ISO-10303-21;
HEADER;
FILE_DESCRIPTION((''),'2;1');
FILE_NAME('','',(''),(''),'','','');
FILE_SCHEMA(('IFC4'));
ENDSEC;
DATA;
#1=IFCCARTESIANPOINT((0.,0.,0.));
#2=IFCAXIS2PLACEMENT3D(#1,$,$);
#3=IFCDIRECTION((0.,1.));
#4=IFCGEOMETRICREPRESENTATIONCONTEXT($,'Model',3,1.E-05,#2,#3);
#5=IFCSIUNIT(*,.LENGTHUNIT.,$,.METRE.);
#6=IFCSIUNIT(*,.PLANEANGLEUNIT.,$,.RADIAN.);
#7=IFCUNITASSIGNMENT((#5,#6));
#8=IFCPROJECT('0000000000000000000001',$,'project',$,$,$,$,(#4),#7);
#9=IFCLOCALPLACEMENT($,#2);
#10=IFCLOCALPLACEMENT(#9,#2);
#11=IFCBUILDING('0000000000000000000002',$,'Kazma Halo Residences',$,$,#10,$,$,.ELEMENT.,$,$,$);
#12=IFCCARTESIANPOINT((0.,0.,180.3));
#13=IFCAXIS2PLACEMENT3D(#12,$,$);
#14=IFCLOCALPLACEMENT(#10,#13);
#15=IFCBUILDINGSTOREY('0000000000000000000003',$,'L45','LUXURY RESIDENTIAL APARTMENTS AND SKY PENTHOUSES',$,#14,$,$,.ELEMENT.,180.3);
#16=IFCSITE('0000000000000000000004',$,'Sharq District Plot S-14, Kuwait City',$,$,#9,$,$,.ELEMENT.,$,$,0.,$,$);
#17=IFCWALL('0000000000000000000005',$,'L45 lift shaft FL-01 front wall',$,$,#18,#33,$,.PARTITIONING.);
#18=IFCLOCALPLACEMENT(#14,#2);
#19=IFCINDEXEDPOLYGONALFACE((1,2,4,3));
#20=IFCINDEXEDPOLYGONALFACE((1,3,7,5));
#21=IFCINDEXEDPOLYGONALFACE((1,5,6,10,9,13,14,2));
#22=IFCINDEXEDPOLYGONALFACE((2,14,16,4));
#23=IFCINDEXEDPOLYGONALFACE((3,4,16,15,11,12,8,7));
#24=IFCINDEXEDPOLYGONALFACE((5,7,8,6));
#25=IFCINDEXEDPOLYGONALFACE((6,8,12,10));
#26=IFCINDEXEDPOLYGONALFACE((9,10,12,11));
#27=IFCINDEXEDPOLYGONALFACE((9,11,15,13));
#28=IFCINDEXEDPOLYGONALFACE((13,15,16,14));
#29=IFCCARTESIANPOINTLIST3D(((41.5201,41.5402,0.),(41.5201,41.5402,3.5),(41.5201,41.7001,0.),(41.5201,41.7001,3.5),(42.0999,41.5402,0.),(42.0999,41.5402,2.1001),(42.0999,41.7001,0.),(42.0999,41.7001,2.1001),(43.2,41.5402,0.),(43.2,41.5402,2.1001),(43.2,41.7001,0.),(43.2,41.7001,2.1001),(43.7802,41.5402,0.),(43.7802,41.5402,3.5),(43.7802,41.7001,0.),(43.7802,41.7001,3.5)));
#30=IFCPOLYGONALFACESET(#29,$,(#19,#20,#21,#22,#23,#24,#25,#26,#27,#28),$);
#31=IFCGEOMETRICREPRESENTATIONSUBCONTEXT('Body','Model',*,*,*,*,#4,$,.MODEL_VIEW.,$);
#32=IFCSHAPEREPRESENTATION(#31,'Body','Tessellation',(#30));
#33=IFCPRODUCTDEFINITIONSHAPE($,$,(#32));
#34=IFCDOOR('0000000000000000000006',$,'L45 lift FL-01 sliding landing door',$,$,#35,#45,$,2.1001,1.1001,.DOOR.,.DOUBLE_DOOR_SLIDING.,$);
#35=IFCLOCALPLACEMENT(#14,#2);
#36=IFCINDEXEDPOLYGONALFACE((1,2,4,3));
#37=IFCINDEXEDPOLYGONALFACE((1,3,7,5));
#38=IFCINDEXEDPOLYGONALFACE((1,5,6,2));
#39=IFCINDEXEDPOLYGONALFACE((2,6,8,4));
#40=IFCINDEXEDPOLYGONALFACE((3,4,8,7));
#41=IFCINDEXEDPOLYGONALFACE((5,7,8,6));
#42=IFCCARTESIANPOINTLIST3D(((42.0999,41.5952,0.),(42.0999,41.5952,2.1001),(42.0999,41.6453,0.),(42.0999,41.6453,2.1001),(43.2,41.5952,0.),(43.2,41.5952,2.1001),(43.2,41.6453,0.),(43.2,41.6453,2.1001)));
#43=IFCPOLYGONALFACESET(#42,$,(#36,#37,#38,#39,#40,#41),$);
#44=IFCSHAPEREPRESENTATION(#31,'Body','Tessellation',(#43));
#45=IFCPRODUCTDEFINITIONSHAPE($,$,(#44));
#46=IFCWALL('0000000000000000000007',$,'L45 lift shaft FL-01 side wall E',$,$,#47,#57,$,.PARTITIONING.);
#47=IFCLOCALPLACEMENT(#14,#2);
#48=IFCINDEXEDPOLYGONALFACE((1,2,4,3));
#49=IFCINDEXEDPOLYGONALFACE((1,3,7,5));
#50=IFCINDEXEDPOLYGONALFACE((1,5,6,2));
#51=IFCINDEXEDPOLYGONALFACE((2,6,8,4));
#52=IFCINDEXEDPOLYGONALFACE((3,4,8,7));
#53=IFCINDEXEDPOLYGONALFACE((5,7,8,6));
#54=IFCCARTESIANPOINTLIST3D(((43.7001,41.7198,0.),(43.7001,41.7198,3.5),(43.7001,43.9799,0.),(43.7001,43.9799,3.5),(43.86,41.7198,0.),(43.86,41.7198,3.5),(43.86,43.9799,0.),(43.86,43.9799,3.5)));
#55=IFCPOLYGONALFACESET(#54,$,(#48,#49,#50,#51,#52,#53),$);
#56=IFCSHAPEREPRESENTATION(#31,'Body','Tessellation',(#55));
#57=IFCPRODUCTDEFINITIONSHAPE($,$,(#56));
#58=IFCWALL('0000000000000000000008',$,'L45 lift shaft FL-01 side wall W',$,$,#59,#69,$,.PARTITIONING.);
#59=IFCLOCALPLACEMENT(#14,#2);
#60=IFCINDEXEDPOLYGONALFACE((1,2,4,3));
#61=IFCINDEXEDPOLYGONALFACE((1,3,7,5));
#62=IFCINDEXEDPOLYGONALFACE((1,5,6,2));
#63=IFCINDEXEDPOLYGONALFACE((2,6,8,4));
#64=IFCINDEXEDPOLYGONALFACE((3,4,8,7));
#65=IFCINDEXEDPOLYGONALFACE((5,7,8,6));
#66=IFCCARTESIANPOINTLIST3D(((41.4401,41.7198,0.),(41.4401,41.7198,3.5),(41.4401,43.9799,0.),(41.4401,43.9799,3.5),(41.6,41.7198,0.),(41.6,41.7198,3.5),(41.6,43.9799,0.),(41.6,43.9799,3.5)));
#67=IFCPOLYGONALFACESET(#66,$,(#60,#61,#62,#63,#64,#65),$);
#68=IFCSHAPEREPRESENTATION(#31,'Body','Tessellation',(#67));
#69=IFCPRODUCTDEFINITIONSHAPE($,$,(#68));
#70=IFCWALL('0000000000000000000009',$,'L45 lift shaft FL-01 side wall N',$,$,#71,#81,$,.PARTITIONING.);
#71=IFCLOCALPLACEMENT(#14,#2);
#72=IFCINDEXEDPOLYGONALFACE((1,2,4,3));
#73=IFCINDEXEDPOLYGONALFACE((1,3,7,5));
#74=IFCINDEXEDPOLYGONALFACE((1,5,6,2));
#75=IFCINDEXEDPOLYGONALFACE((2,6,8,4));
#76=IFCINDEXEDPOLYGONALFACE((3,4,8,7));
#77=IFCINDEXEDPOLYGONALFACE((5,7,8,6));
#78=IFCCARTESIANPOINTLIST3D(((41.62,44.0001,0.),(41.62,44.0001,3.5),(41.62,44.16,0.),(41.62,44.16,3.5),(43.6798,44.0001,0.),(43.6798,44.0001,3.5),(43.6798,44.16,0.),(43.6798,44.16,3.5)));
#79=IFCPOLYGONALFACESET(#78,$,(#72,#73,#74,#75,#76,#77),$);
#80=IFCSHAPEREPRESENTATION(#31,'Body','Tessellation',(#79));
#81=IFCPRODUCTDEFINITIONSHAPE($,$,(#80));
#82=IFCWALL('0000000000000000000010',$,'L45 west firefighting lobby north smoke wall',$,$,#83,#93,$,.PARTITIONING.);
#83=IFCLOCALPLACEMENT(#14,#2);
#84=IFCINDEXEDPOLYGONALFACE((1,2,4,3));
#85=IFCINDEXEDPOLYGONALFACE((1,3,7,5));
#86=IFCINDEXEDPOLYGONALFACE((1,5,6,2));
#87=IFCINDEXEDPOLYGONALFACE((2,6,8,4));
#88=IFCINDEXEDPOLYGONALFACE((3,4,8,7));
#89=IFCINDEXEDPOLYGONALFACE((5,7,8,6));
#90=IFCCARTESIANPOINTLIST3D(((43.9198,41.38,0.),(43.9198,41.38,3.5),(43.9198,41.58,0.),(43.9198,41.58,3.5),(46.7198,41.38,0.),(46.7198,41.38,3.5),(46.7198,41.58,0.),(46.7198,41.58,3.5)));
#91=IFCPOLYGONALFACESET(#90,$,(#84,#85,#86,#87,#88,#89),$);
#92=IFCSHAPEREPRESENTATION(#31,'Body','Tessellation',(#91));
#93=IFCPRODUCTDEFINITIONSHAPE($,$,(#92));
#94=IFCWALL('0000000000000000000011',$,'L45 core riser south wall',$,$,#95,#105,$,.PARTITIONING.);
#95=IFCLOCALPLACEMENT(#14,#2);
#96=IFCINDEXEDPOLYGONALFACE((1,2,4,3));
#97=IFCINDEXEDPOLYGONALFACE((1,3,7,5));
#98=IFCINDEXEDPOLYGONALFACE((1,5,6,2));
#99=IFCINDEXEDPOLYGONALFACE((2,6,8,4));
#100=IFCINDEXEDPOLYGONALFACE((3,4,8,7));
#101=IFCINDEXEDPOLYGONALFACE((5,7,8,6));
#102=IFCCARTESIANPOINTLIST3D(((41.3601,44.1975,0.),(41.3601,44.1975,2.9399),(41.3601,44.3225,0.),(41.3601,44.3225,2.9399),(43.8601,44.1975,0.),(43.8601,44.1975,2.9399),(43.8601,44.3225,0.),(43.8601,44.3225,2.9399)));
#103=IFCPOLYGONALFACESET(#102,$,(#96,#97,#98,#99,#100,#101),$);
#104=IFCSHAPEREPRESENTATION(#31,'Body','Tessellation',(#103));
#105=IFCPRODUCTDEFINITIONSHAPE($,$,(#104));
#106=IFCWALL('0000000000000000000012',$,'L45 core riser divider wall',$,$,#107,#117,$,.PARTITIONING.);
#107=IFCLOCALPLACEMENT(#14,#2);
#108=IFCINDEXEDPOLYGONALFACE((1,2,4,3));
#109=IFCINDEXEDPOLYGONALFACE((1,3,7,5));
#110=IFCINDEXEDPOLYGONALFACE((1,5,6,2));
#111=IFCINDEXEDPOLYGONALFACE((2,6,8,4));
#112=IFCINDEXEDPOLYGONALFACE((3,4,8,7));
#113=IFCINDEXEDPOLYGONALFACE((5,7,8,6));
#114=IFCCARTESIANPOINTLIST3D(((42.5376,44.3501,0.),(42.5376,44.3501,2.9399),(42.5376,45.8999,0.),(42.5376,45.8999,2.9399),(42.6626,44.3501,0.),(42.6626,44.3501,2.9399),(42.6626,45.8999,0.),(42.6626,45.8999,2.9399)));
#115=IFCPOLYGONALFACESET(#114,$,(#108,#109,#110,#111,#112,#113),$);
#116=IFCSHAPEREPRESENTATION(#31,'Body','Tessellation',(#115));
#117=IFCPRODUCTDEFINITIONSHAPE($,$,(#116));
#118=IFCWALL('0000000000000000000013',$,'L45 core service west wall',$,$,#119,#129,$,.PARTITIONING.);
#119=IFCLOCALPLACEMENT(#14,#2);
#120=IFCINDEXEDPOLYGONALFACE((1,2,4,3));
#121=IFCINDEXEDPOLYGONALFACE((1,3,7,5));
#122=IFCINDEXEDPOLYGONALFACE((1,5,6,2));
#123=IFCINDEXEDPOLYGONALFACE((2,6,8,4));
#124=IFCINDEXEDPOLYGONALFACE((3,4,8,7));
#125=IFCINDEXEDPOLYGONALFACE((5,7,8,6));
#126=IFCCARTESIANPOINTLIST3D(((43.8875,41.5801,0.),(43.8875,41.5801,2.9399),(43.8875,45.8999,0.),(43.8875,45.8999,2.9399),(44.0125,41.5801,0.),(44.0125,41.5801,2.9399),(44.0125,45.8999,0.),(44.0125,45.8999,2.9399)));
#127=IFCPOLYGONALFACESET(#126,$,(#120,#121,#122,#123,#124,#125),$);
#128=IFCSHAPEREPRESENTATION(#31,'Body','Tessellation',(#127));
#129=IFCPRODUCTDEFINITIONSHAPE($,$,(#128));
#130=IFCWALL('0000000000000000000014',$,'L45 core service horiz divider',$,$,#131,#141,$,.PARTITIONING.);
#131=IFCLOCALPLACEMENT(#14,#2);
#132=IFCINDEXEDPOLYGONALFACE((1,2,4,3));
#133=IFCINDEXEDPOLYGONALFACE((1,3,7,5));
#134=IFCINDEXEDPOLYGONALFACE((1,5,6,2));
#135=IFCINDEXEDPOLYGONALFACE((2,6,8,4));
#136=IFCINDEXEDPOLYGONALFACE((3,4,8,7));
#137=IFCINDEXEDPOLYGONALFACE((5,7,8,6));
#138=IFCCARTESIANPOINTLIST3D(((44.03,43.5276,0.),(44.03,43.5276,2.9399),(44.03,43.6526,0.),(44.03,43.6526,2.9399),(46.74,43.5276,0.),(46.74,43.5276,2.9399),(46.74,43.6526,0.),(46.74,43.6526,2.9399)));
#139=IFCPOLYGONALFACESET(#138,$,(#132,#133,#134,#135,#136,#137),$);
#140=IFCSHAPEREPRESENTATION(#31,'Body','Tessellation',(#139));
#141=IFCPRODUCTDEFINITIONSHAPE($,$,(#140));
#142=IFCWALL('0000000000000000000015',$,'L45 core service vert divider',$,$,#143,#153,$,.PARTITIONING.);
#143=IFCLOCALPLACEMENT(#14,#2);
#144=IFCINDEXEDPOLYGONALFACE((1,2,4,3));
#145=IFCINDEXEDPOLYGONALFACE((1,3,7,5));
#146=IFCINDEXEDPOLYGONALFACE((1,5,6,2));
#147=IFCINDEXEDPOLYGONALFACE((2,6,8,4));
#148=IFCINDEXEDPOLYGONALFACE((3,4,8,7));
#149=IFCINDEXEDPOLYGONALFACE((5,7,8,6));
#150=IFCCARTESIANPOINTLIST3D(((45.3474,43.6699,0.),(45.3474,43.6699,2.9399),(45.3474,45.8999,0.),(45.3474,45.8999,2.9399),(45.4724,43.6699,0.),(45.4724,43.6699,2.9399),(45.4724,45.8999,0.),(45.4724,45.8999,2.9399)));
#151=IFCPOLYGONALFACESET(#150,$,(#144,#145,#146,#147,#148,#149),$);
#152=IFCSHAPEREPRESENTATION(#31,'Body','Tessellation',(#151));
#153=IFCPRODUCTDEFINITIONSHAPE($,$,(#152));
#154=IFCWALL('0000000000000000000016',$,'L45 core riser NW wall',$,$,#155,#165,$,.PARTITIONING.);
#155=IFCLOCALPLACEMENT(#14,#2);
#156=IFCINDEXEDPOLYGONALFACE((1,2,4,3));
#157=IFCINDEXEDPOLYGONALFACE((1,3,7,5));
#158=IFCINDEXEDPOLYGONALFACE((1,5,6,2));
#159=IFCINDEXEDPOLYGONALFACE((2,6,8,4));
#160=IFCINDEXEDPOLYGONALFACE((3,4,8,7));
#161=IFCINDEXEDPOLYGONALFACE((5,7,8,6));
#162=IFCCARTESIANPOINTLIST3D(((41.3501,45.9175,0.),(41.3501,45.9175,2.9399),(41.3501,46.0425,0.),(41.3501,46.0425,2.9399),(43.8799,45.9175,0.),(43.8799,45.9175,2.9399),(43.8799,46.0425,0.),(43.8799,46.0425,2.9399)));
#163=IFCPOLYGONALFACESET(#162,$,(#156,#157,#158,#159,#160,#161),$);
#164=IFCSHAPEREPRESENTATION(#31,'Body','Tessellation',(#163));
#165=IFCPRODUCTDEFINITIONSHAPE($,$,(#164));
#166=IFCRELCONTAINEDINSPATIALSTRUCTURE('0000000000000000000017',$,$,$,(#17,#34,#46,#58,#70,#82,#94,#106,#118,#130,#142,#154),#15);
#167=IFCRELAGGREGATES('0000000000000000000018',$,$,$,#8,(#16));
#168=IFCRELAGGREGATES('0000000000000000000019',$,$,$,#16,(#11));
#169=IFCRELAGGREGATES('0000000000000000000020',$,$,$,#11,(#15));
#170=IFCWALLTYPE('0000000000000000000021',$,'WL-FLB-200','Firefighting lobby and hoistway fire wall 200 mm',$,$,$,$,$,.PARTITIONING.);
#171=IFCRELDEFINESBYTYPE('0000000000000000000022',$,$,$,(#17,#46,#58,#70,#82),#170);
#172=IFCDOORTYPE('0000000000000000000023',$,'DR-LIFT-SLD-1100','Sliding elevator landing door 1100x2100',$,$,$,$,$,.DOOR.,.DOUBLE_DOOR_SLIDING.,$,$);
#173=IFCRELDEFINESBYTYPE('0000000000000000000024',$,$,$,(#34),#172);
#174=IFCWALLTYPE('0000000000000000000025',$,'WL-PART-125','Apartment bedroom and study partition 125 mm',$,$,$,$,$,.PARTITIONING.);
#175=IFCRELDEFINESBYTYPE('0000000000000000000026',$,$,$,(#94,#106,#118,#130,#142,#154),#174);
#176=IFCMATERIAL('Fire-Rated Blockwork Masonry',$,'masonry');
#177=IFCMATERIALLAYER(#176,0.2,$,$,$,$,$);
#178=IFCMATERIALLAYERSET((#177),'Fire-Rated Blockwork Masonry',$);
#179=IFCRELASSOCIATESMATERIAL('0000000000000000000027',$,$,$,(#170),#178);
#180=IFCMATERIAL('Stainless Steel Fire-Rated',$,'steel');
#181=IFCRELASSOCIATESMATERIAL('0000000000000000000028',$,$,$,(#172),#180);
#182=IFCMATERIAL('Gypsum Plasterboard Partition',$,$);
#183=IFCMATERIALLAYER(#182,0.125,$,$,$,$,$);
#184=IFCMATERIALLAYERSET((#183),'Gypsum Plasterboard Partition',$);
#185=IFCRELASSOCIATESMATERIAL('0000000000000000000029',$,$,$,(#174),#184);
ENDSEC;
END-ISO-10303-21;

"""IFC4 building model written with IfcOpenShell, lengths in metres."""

from ifc_helpers import new_model, si_unit, direction, frame, frame_2d, origin, place, context, subcontext, project, spatial, rectangle, extrude, material, layer, layer_set, type_object, element, fill, save


model = new_model("IFC4")

# Units and contexts
model_context = context("Model", 3, precision=1e-05, world=origin(), true_north=direction((0.0, 1.0)))
body_context = subcontext(model_context, "Body", "Model", "MODEL_VIEW")
ifc_project = project(units=[si_unit("LENGTHUNIT", "METRE"), si_unit("PLANEANGLEUNIT", "RADIAN")], contexts=[model_context])

# Site, building, storey
site_placement = place(None, origin())
site = spatial("IfcSite", under=ifc_project, at=site_placement, Name="Sharq District Plot S-14, Kuwait City", CompositionType="ELEMENT", RefElevation=0.0)
building_placement = place(site_placement, origin())
building = spatial("IfcBuilding", under=site, at=building_placement, Name="Kazma Halo Residences", CompositionType="ELEMENT")
storey_placement = place(building_placement, frame((0.0, 0.0, 180.3)))
storey = spatial("IfcBuildingStorey", under=building, at=storey_placement, Name="L45", Description="LUXURY RESIDENTIAL APARTMENTS AND SKY PENTHOUSES", CompositionType="ELEMENT", Elevation=180.3)

# Shared definitions
ifc_material_1 = material(Name="Fire-Rated Blockwork Masonry", Category="masonry")
ifc_layer_1 = layer(ifc_material_1, 0.2)
ifc_layer_set_1 = layer_set([ifc_layer_1], Name="Fire-Rated Blockwork Masonry")
wall_type_1 = type_object("IfcWallType", Name="WL-FLB-200", Description="Firefighting lobby and hoistway fire wall 200 mm", PredefinedType="PARTITIONING", material=ifc_layer_set_1)
ifc_material_2 = material(Name="Stainless Steel Fire-Rated", Category="steel")
door_type_1 = type_object("IfcDoorType", Name="DR-LIFT-SLD-1100", Description="Sliding elevator landing door 1100x2100", OperationType="DOUBLE_DOOR_SLIDING", PredefinedType="DOOR", material=ifc_material_2)

# Wall, opening, door
wall_1_placement = place(storey_placement, frame((43.78, 41.6201, 0.0), z_axis=(0.0, 0.0, 1.0), x_axis=(-1.0, 0.0, 0.0)))
wall_1 = element("IfcWall", 1, at=wall_1_placement, inside=storey, type_object=wall_type_1, Name="L45 lift shaft FL-01 front wall", PredefinedType="PARTITIONING", context=body_context, shape_type="SweptSolid", body=[
    extrude(rectangle(XDim=2.26, YDim=0.1599, at=frame_2d((1.1299, 0.0))), origin(), (0.0, 0.0, 1.0), 3.5),
])
opening_1_placement = place(wall_1_placement, frame((0.5801, 0.0, 0.0)))
opening_1 = element("IfcOpeningElement", 2, at=opening_1_placement, cuts=wall_1, PredefinedType="OPENING", context=body_context, shape_type="SweptSolid", body=[
    extrude(rectangle(XDim=1.1001, YDim=2.1001, at=frame_2d((0.55, 1.05))), frame((0.0, 0.0898, 0.0), z_axis=(0.0, -1.0, 0.0), x_axis=(1.0, 0.0, 0.0)), (0.0, 0.0, 1.0), 0.1799),
])
door_1_placement = place(opening_1_placement, origin())
door_1 = element("IfcDoor", 3, at=door_1_placement, inside=storey, type_object=door_type_1, Name="L45 lift FL-01 sliding landing door", OperationType="DOUBLE_DOOR_SLIDING", OverallHeight=2.1001, OverallWidth=1.1001, PredefinedType="DOOR", context=body_context, shape_type="SweptSolid", body=[
    extrude(rectangle(XDim=1.1001, YDim=2.1001, at=frame_2d((0.55, 1.05))), frame((0.0, 0.0249, 0.0), z_axis=(0.0, -1.0, 0.0), x_axis=(1.0, 0.0, 0.0)), (0.0, 0.0, 1.0), 0.05),
])
fill(opening_1, door_1)

# Walls
for number, where, z_axis, x_axis, name in (
    (4, (43.78, 41.72, 0.0), (0.0, 0.0, 1.0), (0.0, 1.0, 0.0), "L45 lift shaft FL-01 side wall E"),
    (5, (41.52, 41.72, 0.0), (0.0, 0.0, 1.0), (0.0, 1.0, 0.0), "L45 lift shaft FL-01 side wall W"),
):
    element("IfcWall", number, at=place(storey_placement, frame(where, z_axis=z_axis, x_axis=x_axis)), inside=storey, type_object=wall_type_1, Name=name, PredefinedType="PARTITIONING", context=body_context, shape_type="SweptSolid", body=[
        extrude(rectangle(XDim=2.26, YDim=0.1599, at=frame_2d((1.1299, 0.0))), origin(), (0.0, 0.0, 1.0), 3.5),
    ])
wall_2_placement = place(storey_placement, frame((41.6201, 44.0801, 0.0), z_axis=(0.0, 0.0, 1.0), x_axis=(1.0, 0.0, 0.0)))
element("IfcWall", 6, at=wall_2_placement, inside=storey, type_object=wall_type_1, Name="L45 lift shaft FL-01 side wall N", PredefinedType="PARTITIONING", context=body_context, shape_type="SweptSolid", body=[
    extrude(rectangle(XDim=2.0598, YDim=0.1599, at=frame_2d((1.0298, 0.0))), origin(), (0.0, 0.0, 1.0), 3.5),
])
wall_3_placement = place(storey_placement, frame((43.9199, 41.48, 0.0), z_axis=(0.0, 0.0, 1.0), x_axis=(1.0, 0.0, 0.0)))
element("IfcWall", 7, at=wall_3_placement, inside=storey, type_object=wall_type_1, Name="L45 west firefighting lobby north smoke wall", PredefinedType="PARTITIONING", context=body_context, shape_type="SweptSolid", body=[
    extrude(rectangle(XDim=2.8, YDim=0.2, at=frame_2d((1.3999, 0.0))), origin(), (0.0, 0.0, 1.0), 3.5),
])
ifc_material_3 = material(Name="Gypsum Plasterboard Partition")
ifc_layer_2 = layer(ifc_material_3, 0.125)
ifc_layer_set_2 = layer_set([ifc_layer_2], Name="Gypsum Plasterboard Partition")
wall_type_2 = type_object("IfcWallType", Name="WL-PART-125", Description="Apartment bedroom and study partition 125 mm", PredefinedType="PARTITIONING", material=ifc_layer_set_2)
wall_4_placement = place(storey_placement, frame((41.3601, 44.26, 0.0), z_axis=(0.0, 0.0, 1.0), x_axis=(1.0, 0.0, 0.0)))
element("IfcWall", 8, at=wall_4_placement, inside=storey, type_object=wall_type_2, Name="L45 core riser south wall", PredefinedType="PARTITIONING", context=body_context, shape_type="SweptSolid", body=[
    extrude(rectangle(XDim=2.5, YDim=0.125, at=frame_2d((1.25, 0.0))), origin(), (0.0, 0.0, 1.0), 2.9399),
])
wall_5_placement = place(storey_placement, frame((42.6001, 44.3501, 0.0), z_axis=(0.0, 0.0, 1.0), x_axis=(0.0, 1.0, 0.0)))
element("IfcWall", 9, at=wall_5_placement, inside=storey, type_object=wall_type_2, Name="L45 core riser divider wall", PredefinedType="PARTITIONING", context=body_context, shape_type="SweptSolid", body=[
    extrude(rectangle(XDim=1.5498, YDim=0.125, at=frame_2d((0.7749, 0.0))), origin(), (0.0, 0.0, 1.0), 2.9399),
])
wall_6_placement = place(storey_placement, frame((43.95, 41.5801, 0.0), z_axis=(0.0, 0.0, 1.0), x_axis=(0.0, 1.0, 0.0)))
element("IfcWall", 10, at=wall_6_placement, inside=storey, type_object=wall_type_2, Name="L45 core service west wall", PredefinedType="PARTITIONING", context=body_context, shape_type="SweptSolid", body=[
    extrude(rectangle(XDim=4.3198, YDim=0.125, at=frame_2d((2.1599, 0.0))), origin(), (0.0, 0.0, 1.0), 2.9399),
])
wall_7_placement = place(storey_placement, frame((44.03, 43.5901, 0.0), z_axis=(0.0, 0.0, 1.0), x_axis=(1.0, 0.0, 0.0)))
element("IfcWall", 11, at=wall_7_placement, inside=storey, type_object=wall_type_2, Name="L45 core service horiz divider", PredefinedType="PARTITIONING", context=body_context, shape_type="SweptSolid", body=[
    extrude(rectangle(XDim=2.71, YDim=0.125, at=frame_2d((1.355, 0.0))), origin(), (0.0, 0.0, 1.0), 2.9399),
])
wall_8_placement = place(storey_placement, frame((45.4099, 43.6699, 0.0), z_axis=(0.0, 0.0, 1.0), x_axis=(0.0, 1.0, 0.0)))
element("IfcWall", 12, at=wall_8_placement, inside=storey, type_object=wall_type_2, Name="L45 core service vert divider", PredefinedType="PARTITIONING", context=body_context, shape_type="SweptSolid", body=[
    extrude(rectangle(XDim=2.23, YDim=0.125, at=frame_2d((1.115, 0.0))), origin(), (0.0, 0.0, 1.0), 2.9399),
])
wall_9_placement = place(storey_placement, frame((41.3501, 45.98, 0.0), z_axis=(0.0, 0.0, 1.0), x_axis=(1.0, 0.0, 0.0)))
element("IfcWall", 13, at=wall_9_placement, inside=storey, type_object=wall_type_2, Name="L45 core riser NW wall", PredefinedType="PARTITIONING", context=body_context, shape_type="SweptSolid", body=[
    extrude(rectangle(XDim=2.5298, YDim=0.125, at=frame_2d((1.2649, 0.0))), origin(), (0.0, 0.0, 1.0), 2.9399),
])

save(model, "model.ifc")
